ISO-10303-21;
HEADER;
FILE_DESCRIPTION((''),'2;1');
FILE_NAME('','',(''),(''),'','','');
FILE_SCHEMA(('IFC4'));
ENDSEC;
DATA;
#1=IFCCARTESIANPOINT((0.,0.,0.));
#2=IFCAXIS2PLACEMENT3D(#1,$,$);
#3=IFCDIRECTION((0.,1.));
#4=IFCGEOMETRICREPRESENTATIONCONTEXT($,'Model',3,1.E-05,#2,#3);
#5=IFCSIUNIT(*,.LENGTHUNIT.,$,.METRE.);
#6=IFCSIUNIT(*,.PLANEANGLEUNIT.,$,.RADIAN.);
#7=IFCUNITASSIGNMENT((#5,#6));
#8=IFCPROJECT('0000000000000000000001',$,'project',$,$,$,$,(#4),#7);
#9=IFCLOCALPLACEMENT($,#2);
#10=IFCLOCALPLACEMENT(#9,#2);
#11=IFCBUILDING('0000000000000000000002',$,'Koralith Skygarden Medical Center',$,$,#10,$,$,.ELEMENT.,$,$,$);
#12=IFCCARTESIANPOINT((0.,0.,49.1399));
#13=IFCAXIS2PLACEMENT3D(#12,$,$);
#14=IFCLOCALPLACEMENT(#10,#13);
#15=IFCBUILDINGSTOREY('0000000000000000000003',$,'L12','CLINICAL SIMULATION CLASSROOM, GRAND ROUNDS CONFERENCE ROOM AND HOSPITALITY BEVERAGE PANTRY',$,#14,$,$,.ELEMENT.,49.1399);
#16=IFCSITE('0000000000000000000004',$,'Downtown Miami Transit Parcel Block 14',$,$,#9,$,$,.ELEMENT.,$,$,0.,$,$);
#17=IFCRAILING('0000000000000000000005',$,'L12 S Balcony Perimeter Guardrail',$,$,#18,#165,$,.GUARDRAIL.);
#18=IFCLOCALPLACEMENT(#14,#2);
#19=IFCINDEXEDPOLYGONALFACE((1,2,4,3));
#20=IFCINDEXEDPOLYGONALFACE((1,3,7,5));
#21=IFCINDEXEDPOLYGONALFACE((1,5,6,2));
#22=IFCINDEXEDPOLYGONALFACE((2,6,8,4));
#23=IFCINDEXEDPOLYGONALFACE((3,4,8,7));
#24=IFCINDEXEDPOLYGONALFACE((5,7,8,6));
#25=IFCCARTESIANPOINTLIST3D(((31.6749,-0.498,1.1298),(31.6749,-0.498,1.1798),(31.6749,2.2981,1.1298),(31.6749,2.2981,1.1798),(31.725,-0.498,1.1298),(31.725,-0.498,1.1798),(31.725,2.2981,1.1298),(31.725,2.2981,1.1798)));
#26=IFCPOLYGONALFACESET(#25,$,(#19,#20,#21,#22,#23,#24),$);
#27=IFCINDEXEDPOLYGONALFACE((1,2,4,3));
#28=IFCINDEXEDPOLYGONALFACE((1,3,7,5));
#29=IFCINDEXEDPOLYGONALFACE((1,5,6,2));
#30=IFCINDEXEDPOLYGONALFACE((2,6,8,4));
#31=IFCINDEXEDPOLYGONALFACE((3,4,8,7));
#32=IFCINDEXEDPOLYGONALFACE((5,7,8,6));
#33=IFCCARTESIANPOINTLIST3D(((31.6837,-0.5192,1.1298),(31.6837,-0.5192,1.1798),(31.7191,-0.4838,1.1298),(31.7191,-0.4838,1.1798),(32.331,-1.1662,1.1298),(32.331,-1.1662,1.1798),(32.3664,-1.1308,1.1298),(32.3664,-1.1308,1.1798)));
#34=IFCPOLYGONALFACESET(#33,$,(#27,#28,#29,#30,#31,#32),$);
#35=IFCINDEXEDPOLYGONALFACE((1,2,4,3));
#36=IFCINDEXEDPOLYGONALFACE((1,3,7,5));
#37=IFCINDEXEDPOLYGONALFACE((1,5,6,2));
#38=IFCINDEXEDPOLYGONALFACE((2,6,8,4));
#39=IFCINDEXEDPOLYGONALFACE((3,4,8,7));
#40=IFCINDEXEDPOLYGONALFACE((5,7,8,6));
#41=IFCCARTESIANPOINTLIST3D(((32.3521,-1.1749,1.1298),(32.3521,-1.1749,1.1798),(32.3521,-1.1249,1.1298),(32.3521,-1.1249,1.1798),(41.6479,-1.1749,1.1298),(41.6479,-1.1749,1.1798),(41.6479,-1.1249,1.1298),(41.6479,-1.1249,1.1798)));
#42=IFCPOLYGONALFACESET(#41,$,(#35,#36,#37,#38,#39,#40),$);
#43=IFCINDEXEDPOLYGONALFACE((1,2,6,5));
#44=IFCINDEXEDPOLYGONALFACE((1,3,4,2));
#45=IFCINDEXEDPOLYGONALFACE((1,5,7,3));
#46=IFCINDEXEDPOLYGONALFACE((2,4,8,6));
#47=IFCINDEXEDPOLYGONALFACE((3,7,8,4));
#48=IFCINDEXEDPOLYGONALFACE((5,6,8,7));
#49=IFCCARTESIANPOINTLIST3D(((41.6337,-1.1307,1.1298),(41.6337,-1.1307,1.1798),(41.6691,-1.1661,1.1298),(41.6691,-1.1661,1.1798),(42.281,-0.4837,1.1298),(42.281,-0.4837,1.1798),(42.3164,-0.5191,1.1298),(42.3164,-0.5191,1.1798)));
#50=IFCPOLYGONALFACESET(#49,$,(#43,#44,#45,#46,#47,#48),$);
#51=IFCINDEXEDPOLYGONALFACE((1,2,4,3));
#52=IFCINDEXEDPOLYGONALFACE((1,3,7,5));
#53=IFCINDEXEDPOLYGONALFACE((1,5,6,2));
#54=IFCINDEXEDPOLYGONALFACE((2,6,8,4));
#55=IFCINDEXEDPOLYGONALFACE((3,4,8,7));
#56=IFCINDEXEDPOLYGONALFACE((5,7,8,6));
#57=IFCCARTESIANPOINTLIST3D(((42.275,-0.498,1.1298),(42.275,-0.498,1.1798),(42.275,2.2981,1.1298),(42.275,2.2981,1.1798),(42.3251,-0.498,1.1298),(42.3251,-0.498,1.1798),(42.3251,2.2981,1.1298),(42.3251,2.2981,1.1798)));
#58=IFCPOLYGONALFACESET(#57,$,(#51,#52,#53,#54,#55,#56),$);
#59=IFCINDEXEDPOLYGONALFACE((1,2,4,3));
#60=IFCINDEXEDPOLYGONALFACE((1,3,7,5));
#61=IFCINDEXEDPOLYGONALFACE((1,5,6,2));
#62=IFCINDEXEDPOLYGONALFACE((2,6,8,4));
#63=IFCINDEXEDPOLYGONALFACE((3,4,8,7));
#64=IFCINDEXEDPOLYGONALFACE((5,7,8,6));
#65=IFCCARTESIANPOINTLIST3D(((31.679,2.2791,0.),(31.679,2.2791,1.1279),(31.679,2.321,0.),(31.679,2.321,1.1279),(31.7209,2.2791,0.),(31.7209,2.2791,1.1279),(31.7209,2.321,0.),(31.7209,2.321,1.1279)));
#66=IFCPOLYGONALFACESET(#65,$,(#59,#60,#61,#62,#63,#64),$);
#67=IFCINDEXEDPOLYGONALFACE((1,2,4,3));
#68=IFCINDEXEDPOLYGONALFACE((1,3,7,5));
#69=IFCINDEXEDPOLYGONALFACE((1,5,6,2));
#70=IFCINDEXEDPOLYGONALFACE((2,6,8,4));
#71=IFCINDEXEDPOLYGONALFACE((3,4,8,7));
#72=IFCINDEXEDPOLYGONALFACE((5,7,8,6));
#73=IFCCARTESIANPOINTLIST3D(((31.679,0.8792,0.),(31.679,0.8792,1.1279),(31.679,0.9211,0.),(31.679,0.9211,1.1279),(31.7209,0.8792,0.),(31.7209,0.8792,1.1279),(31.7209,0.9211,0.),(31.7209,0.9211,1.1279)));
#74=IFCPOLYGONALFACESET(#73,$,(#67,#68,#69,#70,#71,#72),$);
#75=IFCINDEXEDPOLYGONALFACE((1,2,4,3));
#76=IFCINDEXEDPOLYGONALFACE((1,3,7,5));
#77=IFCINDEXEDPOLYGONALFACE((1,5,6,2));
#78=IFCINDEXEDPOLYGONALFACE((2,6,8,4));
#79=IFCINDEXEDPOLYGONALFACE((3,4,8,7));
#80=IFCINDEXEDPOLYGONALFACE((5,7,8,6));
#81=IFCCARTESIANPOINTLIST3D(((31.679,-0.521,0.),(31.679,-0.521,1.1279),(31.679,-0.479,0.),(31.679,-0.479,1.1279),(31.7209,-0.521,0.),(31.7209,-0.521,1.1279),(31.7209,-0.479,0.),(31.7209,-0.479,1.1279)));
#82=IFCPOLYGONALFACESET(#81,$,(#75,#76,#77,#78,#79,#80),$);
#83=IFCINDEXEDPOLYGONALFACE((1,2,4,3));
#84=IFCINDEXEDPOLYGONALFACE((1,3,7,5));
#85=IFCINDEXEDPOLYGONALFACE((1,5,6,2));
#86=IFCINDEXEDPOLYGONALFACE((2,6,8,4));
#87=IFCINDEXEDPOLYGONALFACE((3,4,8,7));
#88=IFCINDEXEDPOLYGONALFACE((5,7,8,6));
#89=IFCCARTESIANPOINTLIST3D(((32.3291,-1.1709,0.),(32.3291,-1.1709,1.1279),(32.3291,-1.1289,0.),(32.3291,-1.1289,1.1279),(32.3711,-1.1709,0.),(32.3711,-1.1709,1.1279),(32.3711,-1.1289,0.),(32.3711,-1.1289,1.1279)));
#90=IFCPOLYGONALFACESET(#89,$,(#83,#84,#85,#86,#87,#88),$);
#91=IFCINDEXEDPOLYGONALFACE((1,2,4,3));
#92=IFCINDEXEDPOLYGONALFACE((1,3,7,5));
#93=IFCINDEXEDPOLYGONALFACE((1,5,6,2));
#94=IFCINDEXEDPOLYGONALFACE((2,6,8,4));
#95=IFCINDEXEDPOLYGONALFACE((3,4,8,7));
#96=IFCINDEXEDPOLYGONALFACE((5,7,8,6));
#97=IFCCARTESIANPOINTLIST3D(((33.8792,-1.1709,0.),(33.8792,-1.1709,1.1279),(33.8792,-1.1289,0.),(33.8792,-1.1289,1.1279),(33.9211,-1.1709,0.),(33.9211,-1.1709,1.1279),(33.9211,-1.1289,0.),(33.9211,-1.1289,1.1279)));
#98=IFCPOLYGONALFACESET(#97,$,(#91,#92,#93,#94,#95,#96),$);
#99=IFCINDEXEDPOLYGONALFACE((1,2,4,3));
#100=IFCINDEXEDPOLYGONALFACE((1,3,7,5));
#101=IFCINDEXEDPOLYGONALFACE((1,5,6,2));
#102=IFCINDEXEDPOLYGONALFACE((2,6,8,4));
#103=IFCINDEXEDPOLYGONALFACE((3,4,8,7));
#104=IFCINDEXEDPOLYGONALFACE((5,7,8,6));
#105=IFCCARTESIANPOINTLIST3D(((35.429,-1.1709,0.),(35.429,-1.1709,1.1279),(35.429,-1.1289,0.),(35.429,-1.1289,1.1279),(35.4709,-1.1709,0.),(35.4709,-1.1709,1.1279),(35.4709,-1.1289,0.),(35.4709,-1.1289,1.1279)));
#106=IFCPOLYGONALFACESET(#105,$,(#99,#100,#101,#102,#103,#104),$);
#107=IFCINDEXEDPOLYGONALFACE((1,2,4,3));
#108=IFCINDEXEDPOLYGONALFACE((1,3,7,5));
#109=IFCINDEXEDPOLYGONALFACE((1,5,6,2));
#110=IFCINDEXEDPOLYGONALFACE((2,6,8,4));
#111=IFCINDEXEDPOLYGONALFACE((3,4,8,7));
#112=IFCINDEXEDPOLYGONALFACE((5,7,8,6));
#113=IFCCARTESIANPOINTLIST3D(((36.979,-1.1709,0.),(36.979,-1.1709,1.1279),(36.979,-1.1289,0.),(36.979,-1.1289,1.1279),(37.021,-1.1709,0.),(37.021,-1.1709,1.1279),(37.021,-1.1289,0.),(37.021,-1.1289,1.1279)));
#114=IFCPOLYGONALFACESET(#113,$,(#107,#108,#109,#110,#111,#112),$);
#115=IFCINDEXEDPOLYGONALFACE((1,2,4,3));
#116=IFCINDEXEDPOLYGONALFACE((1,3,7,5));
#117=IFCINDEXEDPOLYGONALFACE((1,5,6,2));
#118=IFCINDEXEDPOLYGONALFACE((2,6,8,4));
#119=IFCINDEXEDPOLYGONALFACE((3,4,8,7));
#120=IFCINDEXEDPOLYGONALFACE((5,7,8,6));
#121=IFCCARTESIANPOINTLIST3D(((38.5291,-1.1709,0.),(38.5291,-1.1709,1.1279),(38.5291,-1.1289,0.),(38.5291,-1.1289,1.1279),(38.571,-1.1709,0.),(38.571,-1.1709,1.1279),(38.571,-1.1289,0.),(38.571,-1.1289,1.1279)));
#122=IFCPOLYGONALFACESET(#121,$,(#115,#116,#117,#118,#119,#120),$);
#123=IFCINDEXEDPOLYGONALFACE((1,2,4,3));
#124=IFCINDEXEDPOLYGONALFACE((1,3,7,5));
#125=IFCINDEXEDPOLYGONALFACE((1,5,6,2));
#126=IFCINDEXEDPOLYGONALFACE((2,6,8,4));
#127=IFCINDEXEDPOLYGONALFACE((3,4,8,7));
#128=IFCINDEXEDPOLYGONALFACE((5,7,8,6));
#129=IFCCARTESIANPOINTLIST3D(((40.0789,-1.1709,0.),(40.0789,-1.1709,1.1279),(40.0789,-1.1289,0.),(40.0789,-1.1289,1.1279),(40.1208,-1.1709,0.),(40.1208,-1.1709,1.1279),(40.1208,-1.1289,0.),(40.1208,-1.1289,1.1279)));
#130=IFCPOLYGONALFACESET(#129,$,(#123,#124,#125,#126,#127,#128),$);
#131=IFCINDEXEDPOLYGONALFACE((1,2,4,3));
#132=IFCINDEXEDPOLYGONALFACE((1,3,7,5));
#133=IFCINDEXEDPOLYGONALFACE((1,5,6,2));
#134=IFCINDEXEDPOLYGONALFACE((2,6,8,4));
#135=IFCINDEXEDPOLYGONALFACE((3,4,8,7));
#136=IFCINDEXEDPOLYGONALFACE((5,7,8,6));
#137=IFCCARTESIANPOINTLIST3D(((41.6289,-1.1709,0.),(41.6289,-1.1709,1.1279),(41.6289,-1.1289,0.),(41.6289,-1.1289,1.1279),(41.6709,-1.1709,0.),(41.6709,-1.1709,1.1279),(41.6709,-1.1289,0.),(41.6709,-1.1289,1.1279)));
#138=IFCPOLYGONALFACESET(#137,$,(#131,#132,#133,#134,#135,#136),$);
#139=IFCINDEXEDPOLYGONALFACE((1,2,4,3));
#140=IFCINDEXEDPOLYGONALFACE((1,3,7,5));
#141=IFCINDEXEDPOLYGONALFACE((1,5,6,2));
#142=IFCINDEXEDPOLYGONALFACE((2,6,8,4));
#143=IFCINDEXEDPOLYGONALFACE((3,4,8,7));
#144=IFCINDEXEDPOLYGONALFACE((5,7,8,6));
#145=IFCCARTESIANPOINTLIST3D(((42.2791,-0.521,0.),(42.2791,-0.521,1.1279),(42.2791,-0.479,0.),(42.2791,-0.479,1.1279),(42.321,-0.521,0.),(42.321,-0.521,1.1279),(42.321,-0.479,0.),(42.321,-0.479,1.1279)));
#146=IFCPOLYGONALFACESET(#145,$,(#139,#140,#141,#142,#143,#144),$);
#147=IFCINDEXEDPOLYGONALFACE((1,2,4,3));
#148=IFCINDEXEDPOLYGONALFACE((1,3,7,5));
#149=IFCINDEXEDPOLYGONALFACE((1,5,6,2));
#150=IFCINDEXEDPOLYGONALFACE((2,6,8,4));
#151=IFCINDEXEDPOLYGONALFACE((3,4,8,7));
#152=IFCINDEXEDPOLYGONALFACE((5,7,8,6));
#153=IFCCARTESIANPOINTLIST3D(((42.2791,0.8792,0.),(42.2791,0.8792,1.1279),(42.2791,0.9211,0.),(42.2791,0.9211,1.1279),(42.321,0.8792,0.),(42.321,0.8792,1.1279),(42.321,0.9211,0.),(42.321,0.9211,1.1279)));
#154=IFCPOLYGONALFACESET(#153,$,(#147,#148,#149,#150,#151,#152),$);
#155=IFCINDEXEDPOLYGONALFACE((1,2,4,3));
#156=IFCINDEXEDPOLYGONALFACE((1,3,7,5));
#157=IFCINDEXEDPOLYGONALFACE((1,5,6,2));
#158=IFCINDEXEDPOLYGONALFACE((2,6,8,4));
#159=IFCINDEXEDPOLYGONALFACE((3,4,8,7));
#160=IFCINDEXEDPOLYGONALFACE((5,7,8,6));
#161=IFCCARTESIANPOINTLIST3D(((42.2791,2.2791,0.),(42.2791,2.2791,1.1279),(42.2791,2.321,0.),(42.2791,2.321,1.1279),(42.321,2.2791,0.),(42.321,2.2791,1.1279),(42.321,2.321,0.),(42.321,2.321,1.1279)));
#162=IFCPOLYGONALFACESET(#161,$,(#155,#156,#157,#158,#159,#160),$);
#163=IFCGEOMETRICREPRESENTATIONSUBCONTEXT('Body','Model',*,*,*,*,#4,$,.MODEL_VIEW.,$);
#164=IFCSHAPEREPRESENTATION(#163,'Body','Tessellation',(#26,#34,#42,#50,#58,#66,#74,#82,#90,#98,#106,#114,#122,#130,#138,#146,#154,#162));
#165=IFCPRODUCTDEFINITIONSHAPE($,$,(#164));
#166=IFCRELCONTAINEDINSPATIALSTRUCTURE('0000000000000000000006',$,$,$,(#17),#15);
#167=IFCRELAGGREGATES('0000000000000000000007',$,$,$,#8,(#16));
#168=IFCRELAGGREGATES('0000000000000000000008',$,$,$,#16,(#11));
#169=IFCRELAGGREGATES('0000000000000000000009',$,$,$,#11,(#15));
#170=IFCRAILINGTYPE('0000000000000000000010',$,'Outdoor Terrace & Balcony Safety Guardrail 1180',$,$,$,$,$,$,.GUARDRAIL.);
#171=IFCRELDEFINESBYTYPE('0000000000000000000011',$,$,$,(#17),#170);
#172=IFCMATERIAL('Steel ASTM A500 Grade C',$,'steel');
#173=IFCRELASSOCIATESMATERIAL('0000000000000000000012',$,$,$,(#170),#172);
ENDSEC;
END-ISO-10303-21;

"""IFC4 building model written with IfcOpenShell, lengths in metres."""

from ifc_helpers import new_model, si_unit, direction, frame, origin, origin_2d, place, context, subcontext, project, spatial, rectangle, extrude, material, type_object, element, save


model = new_model("IFC4")

# Units and contexts
model_context = context("Model", 3, precision=1e-05, world=origin(), true_north=direction((0.0, 1.0)))
body_context = subcontext(model_context, "Body", "Model", "MODEL_VIEW")
ifc_project = project(units=[si_unit("LENGTHUNIT", "METRE"), si_unit("PLANEANGLEUNIT", "RADIAN")], contexts=[model_context])

# Site, building, storey
site_placement = place(None, origin())
site = spatial("IfcSite", under=ifc_project, at=site_placement, Name="Downtown Miami Transit Parcel Block 14", CompositionType="ELEMENT", RefElevation=0.0)
building_placement = place(site_placement, origin())
building = spatial("IfcBuilding", under=site, at=building_placement, Name="Koralith Skygarden Medical Center", CompositionType="ELEMENT")
storey_placement = place(building_placement, frame((0.0, 0.0, 49.1399)))
storey = spatial("IfcBuildingStorey", under=building, at=storey_placement, Name="L12", Description="CLINICAL SIMULATION CLASSROOM, GRAND ROUNDS CONFERENCE ROOM AND HOSPITALITY BEVERAGE PANTRY", CompositionType="ELEMENT", Elevation=49.1399)

# Railing
ifc_material_1 = material(Name="Steel ASTM A500 Grade C", Category="steel")
railing_type = type_object("IfcRailingType", Name="Outdoor Terrace & Balcony Safety Guardrail 1180", PredefinedType="GUARDRAIL", material=ifc_material_1)
railing_placement = place(storey_placement, frame((31.7, 2.3, 0.0)))
element("IfcRailing", 1, at=railing_placement, inside=storey, type_object=railing_type, Name="L12 S Balcony Perimeter Guardrail", PredefinedType="GUARDRAIL", context=body_context, shape_type="SweptSolid", body=[
    extrude(rectangle(XDim=0.05, YDim=0.05, at=origin_2d()), frame((0.0, -0.002, 1.1548), z_axis=(0.0, -1.0, 0.0), x_axis=(1.0, 0.0, 0.0)), (0.0, 0.0, 1.0), 2.7961),
    extrude(rectangle(XDim=0.05, YDim=0.05, at=origin_2d()), frame((0.0015, -2.8015, 1.1548), z_axis=(0.70724, -0.706974, 0.0), x_axis=(0.706974, 0.70724, 0.0)), (0.0, 0.0, 1.0), 0.9153),
    extrude(rectangle(XDim=0.05, YDim=0.05, at=origin_2d()), frame((0.6521, -3.45, 1.1548), z_axis=(1.0, 0.0, 0.0), x_axis=(0.0, 1.0, 0.0)), (0.0, 0.0, 1.0), 9.2959),
    extrude(rectangle(XDim=0.05, YDim=0.05, at=origin_2d()), frame((9.9514, -3.4485, 1.1548), z_axis=(0.70724, 0.706974, 0.0), x_axis=(-0.706974, 0.70724, 0.0)), (0.0, 0.0, 1.0), 0.9153),
    extrude(rectangle(XDim=0.05, YDim=0.05, at=origin_2d()), frame((10.6001, -2.7981, 1.1548), z_axis=(0.0, 1.0, 0.0), x_axis=(-1.0, 0.0, 0.0)), (0.0, 0.0, 1.0), 2.7961),
    extrude(rectangle(XDim=0.042, YDim=0.042, at=origin_2d()), origin(), (0.0, 0.0, 1.0), 1.1279),
    extrude(rectangle(XDim=0.042, YDim=0.042, at=origin_2d()), frame((0.0, -1.3999, 0.0)), (0.0, 0.0, 1.0), 1.1279),
    extrude(rectangle(XDim=0.042, YDim=0.042, at=origin_2d()), frame((0.0, -2.8, 0.0)), (0.0, 0.0, 1.0), 1.1279),
    extrude(rectangle(XDim=0.042, YDim=0.042, at=origin_2d()), frame((0.6501, -3.45, 0.0)), (0.0, 0.0, 1.0), 1.1279),
    extrude(rectangle(XDim=0.042, YDim=0.042, at=origin_2d()), frame((2.2002, -3.45, 0.0)), (0.0, 0.0, 1.0), 1.1279),
    extrude(rectangle(XDim=0.042, YDim=0.042, at=origin_2d()), frame((3.75, -3.45, 0.0)), (0.0, 0.0, 1.0), 1.1279),
    extrude(rectangle(XDim=0.042, YDim=0.042, at=origin_2d()), frame((5.3, -3.45, 0.0)), (0.0, 0.0, 1.0), 1.1279),
    extrude(rectangle(XDim=0.042, YDim=0.042, at=origin_2d()), frame((6.8501, -3.45, 0.0)), (0.0, 0.0, 1.0), 1.1279),
    extrude(rectangle(XDim=0.042, YDim=0.042, at=origin_2d()), frame((8.3999, -3.45, 0.0)), (0.0, 0.0, 1.0), 1.1279),
    extrude(rectangle(XDim=0.042, YDim=0.042, at=origin_2d()), frame((9.95, -3.45, 0.0)), (0.0, 0.0, 1.0), 1.1279),
    extrude(rectangle(XDim=0.042, YDim=0.042, at=origin_2d()), frame((10.6001, -2.8, 0.0)), (0.0, 0.0, 1.0), 1.1279),
    extrude(rectangle(XDim=0.042, YDim=0.042, at=origin_2d()), frame((10.6001, -1.3999, 0.0)), (0.0, 0.0, 1.0), 1.1279),
    extrude(rectangle(XDim=0.042, YDim=0.042, at=origin_2d()), frame((10.6001, 0.0, 0.0)), (0.0, 0.0, 1.0), 1.1279),
])

save(model, "model.ifc")
